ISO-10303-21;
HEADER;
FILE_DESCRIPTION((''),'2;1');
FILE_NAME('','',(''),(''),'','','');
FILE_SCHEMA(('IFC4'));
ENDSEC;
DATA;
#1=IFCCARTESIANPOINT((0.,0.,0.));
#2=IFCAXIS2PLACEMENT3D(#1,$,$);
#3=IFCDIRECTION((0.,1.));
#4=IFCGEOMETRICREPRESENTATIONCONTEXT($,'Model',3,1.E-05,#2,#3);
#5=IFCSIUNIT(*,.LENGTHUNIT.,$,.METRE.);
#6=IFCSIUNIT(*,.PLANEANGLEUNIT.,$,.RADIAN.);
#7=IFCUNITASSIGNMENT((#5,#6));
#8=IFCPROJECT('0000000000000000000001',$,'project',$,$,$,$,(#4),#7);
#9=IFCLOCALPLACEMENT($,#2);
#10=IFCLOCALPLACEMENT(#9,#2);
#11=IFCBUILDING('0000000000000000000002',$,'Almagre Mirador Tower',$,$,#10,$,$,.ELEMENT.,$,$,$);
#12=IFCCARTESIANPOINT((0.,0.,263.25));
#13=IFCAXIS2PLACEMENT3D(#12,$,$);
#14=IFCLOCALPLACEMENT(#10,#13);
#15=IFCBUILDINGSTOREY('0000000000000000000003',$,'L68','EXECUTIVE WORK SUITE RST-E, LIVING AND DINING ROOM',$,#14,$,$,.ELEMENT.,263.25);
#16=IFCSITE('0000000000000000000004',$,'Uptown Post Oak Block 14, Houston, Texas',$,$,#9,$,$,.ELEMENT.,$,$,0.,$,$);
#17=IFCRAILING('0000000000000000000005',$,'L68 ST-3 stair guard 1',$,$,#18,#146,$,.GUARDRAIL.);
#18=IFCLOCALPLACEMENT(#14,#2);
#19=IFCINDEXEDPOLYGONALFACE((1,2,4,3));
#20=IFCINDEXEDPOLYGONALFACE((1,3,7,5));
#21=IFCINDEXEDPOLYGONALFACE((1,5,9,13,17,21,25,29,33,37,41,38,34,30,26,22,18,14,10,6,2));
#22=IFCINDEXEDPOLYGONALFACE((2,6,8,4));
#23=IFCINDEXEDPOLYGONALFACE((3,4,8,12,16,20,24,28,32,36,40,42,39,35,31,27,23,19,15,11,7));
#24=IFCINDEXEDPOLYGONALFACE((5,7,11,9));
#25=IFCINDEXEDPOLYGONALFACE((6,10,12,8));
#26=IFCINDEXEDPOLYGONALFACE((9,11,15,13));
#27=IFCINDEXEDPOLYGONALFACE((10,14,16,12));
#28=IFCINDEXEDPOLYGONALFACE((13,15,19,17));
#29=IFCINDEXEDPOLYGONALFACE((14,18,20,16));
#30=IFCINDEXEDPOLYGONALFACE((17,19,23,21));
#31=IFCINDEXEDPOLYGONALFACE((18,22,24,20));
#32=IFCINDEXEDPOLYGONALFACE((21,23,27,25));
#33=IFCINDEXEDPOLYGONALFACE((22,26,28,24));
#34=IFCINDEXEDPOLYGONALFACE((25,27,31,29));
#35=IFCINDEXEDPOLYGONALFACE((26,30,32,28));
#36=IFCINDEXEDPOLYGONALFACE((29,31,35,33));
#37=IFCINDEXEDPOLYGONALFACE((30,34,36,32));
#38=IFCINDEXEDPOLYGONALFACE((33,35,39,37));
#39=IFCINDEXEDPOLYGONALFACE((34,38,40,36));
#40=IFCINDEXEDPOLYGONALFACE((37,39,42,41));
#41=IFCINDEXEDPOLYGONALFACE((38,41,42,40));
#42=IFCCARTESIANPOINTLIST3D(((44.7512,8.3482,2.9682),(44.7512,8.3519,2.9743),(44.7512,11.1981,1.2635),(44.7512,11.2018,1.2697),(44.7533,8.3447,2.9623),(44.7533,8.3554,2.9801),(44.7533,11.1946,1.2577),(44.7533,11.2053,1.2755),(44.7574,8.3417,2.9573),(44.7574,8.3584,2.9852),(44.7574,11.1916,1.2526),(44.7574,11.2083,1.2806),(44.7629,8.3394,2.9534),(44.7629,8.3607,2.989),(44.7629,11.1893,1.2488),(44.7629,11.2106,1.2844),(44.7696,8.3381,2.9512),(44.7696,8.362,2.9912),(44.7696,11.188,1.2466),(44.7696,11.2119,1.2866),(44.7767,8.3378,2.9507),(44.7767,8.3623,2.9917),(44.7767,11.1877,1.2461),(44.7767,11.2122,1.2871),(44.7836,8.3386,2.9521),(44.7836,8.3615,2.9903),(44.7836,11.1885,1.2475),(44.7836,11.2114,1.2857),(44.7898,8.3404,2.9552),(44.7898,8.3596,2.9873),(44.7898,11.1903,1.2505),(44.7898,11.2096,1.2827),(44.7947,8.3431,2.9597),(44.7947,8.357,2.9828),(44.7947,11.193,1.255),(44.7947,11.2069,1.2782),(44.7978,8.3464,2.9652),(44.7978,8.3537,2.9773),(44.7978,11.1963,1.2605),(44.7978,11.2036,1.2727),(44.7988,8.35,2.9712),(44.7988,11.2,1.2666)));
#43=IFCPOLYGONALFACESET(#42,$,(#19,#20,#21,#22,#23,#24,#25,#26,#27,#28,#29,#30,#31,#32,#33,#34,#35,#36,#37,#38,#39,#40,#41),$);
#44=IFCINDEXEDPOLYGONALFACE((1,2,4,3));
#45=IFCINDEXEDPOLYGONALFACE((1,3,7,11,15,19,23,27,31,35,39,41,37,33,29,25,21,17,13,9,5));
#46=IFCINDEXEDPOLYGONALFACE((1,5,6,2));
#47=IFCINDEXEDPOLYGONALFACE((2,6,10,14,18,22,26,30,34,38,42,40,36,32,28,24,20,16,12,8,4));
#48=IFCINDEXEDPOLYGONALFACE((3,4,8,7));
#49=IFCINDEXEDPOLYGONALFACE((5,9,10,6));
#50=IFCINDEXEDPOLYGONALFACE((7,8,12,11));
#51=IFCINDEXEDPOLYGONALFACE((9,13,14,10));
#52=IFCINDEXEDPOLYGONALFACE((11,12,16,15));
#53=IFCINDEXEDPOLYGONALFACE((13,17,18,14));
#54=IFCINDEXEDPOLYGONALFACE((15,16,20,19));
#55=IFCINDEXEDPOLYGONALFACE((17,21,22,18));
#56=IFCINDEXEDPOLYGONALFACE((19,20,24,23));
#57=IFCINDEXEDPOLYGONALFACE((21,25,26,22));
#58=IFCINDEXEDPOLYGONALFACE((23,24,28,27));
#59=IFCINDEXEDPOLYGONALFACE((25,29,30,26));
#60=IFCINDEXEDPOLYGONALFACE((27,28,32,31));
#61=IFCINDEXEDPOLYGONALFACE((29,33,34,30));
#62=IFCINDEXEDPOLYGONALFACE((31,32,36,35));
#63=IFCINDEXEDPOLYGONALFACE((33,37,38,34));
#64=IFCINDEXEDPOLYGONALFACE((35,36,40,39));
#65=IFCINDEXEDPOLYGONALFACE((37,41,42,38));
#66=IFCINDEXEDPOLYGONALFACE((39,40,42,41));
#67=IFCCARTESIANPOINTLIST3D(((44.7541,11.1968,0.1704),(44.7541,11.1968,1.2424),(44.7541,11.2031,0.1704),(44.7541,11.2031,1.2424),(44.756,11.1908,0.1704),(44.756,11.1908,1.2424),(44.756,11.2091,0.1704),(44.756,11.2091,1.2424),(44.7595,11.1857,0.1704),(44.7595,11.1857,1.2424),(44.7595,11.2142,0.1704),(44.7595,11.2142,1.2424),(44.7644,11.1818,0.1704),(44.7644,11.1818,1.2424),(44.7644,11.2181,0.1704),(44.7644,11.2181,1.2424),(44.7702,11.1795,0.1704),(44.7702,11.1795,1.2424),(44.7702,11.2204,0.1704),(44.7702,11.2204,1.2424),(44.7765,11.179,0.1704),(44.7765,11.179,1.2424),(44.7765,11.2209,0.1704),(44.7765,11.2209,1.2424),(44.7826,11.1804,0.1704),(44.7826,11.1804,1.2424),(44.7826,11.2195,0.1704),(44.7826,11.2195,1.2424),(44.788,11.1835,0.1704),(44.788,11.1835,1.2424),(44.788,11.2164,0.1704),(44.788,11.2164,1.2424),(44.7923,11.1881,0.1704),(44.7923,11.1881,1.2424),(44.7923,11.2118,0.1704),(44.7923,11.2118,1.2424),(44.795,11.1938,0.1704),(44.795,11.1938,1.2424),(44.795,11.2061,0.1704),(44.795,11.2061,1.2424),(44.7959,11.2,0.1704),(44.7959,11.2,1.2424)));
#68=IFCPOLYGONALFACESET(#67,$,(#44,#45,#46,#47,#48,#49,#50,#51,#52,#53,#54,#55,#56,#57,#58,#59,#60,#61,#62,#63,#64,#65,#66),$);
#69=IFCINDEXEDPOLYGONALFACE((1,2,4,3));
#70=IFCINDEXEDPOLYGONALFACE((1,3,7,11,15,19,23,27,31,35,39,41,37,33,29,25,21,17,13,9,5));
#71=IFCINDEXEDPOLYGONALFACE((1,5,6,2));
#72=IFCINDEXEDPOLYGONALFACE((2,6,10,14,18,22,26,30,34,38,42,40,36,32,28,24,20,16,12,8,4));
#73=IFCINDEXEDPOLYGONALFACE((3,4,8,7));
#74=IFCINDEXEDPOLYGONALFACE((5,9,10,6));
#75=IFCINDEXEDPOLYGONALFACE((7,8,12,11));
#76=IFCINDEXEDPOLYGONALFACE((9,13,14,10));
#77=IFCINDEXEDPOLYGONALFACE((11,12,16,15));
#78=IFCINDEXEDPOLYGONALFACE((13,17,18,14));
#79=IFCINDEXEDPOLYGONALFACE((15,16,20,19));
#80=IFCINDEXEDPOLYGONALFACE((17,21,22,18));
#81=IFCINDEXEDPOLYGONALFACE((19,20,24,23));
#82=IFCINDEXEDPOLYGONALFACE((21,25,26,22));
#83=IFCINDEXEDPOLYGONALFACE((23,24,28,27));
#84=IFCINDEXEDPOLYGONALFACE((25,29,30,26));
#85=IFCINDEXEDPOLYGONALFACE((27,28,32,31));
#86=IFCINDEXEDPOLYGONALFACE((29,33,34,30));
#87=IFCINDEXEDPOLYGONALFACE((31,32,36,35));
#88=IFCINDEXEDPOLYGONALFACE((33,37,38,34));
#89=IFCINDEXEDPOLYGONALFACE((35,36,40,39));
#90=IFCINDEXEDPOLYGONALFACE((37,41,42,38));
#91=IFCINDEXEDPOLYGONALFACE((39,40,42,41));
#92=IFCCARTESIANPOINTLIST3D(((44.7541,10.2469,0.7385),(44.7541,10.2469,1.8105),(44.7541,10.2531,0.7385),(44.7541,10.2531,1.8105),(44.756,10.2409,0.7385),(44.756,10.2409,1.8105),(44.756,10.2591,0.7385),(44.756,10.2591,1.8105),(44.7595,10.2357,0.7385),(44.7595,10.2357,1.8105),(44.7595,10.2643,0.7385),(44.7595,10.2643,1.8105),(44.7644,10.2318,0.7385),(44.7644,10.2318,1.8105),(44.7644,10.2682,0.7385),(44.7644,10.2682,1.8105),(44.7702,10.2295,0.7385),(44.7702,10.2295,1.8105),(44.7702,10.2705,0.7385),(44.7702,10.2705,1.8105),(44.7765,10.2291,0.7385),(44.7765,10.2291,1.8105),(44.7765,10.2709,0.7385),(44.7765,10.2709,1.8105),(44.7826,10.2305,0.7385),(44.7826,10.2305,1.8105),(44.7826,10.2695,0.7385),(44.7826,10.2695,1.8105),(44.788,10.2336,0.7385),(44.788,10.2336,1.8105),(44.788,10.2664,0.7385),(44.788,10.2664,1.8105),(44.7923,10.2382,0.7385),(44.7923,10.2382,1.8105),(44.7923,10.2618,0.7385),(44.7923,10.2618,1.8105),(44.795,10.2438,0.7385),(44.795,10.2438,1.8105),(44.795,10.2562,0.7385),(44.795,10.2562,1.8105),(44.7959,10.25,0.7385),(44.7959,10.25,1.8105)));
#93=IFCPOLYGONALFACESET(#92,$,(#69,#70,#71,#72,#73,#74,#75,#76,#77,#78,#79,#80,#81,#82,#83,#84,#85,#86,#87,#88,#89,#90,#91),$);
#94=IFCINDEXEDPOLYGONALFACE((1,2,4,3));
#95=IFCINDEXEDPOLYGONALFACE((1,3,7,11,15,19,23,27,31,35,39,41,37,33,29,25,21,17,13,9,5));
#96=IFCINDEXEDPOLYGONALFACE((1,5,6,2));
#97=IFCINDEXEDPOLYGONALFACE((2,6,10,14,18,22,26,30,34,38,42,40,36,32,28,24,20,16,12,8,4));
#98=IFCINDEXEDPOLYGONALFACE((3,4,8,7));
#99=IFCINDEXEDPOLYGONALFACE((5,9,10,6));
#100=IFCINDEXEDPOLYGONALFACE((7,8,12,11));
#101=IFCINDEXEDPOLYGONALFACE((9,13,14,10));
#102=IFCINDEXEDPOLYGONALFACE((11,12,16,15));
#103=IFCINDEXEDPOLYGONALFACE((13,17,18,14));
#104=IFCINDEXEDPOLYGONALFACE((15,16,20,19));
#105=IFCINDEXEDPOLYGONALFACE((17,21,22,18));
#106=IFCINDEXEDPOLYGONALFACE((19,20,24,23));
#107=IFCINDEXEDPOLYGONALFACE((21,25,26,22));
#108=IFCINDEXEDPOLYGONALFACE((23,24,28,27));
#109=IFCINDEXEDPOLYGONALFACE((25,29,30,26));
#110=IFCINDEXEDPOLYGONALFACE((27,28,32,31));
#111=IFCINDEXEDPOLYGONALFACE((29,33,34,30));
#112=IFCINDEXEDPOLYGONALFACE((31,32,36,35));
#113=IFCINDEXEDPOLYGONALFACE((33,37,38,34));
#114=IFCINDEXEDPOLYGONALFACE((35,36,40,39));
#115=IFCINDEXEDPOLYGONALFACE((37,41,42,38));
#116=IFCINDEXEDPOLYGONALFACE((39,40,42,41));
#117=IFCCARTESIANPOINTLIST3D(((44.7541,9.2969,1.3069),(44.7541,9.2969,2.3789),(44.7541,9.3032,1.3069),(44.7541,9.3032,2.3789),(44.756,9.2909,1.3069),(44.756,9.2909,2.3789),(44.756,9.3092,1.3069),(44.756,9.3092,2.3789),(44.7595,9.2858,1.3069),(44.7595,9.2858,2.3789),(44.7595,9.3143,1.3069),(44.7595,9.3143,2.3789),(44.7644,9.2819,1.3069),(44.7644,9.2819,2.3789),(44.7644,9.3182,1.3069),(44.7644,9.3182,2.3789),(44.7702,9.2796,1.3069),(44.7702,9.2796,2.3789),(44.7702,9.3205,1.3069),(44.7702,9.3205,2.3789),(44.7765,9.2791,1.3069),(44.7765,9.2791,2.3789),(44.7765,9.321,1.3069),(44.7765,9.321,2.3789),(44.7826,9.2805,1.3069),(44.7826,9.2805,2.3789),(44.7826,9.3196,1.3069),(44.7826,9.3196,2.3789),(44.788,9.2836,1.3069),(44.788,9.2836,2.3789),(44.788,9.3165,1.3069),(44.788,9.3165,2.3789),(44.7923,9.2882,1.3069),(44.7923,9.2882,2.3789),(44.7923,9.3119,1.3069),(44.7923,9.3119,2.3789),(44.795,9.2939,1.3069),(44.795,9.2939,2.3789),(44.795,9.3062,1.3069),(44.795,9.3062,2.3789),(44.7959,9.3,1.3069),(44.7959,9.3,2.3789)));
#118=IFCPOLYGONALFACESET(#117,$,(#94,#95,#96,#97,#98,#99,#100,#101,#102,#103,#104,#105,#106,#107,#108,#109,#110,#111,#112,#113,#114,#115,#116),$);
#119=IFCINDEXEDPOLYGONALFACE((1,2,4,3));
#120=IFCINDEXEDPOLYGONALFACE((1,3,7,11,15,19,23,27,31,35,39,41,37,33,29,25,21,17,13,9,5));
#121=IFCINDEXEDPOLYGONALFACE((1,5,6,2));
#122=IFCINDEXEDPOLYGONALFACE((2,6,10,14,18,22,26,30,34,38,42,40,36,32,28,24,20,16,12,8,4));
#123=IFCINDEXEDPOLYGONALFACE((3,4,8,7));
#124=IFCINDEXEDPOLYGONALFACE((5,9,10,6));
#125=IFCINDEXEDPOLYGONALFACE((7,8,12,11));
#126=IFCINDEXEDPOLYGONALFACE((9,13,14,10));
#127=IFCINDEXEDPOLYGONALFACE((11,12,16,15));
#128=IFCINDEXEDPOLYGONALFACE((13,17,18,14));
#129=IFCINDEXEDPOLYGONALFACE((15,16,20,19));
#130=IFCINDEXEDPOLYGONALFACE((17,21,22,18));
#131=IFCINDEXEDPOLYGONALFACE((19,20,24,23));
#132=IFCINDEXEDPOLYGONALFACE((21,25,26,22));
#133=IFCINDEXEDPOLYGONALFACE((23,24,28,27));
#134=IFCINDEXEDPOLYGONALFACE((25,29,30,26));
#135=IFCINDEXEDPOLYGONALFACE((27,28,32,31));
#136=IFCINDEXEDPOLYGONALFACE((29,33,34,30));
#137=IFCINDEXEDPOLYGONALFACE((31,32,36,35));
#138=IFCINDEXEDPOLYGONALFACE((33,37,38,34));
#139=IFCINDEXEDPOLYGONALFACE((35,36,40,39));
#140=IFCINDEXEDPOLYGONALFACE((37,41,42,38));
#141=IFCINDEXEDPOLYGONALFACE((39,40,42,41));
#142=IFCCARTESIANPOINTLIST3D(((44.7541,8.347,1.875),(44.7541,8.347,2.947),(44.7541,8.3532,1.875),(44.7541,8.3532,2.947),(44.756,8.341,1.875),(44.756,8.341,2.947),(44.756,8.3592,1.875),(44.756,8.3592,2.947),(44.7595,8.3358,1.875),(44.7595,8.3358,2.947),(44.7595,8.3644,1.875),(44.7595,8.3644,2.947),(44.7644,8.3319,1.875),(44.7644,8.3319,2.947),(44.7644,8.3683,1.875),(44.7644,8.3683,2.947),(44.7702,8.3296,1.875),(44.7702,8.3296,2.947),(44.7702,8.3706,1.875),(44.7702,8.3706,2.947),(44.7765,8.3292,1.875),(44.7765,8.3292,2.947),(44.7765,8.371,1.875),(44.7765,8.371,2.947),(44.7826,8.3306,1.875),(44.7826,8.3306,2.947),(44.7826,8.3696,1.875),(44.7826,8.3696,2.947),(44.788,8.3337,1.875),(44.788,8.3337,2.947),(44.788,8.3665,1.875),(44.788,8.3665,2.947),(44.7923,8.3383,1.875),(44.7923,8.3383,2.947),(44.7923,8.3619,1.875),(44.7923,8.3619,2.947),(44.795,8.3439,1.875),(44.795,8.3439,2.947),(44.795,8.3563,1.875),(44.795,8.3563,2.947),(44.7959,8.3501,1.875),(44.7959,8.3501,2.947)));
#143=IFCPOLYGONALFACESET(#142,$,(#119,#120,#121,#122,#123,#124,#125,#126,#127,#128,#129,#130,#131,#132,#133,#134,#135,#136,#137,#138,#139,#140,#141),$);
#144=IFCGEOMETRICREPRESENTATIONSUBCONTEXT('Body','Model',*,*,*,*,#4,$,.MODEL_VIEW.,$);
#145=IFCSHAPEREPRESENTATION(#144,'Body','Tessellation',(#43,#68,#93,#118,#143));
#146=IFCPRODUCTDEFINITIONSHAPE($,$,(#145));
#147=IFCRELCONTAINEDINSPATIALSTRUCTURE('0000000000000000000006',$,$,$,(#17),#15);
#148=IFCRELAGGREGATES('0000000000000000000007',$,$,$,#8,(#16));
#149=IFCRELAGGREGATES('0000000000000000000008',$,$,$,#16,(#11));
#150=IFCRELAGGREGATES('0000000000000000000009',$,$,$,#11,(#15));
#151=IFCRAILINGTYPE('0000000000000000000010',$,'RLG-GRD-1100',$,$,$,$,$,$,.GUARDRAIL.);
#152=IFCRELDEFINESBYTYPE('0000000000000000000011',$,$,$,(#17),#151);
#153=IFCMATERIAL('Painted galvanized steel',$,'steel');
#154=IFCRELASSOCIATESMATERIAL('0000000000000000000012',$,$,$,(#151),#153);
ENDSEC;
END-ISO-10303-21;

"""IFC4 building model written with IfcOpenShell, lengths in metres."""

from ifc_helpers import new_model, si_unit, direction, frame, origin, origin_2d, place, context, subcontext, project, spatial, circle, extrude, material, type_object, element, save


model = new_model("IFC4")

# Units and contexts
model_context = context("Model", 3, precision=1e-05, world=origin(), true_north=direction((0.0, 1.0)))
body_context = subcontext(model_context, "Body", "Model", "MODEL_VIEW")
ifc_project = project(units=[si_unit("LENGTHUNIT", "METRE"), si_unit("PLANEANGLEUNIT", "RADIAN")], contexts=[model_context])

# Site, building, storey
site_placement = place(None, origin())
site = spatial("IfcSite", under=ifc_project, at=site_placement, Name="Uptown Post Oak Block 14, Houston, Texas", CompositionType="ELEMENT", RefElevation=0.0)
building_placement = place(site_placement, origin())
building = spatial("IfcBuilding", under=site, at=building_placement, Name="Almagre Mirador Tower", CompositionType="ELEMENT")
storey_placement = place(building_placement, frame((0.0, 0.0, 263.25)))
storey = spatial("IfcBuildingStorey", under=building, at=storey_placement, Name="L68", Description="EXECUTIVE WORK SUITE RST-E, LIVING AND DINING ROOM", CompositionType="ELEMENT", Elevation=263.25)

# Railing
ifc_material_1 = material(Name="Painted galvanized steel", Category="steel")
railing_type_1 = type_object("IfcRailingType", Name="RLG-GRD-1100", PredefinedType="GUARDRAIL", material=ifc_material_1)
railing_1_placement = place(storey_placement, frame((44.7749, 11.2, 0.1704)))
element("IfcRailing", 1, at=railing_1_placement, inside=storey, type_object=railing_type_1, Name="L68 ST-3 stair guard 1", PredefinedType="GUARDRAIL", context=body_context, shape_type="SweptSolid", body=[
    extrude(circle(Radius=0.0239, at=origin_2d()), frame((0.0, 0.0, 1.0962), z_axis=(0.0, -0.858199, 0.513317), x_axis=(1.0, 0.0, 0.0)), (0.0, 0.0, 1.0), 3.3208),
    extrude(circle(Radius=0.021, at=origin_2d()), origin(), (0.0, 0.0, 1.0), 1.072),
    extrude(circle(Radius=0.021, at=origin_2d()), frame((0.0, -0.95, 0.5681)), (0.0, 0.0, 1.0), 1.072),
    extrude(circle(Radius=0.021, at=origin_2d()), frame((0.0, -1.8999, 1.1365)), (0.0, 0.0, 1.0), 1.072),
    extrude(circle(Radius=0.021, at=origin_2d()), frame((0.0, -2.8499, 1.7046)), (0.0, 0.0, 1.0), 1.072),
])

save(model, "model.ifc")
